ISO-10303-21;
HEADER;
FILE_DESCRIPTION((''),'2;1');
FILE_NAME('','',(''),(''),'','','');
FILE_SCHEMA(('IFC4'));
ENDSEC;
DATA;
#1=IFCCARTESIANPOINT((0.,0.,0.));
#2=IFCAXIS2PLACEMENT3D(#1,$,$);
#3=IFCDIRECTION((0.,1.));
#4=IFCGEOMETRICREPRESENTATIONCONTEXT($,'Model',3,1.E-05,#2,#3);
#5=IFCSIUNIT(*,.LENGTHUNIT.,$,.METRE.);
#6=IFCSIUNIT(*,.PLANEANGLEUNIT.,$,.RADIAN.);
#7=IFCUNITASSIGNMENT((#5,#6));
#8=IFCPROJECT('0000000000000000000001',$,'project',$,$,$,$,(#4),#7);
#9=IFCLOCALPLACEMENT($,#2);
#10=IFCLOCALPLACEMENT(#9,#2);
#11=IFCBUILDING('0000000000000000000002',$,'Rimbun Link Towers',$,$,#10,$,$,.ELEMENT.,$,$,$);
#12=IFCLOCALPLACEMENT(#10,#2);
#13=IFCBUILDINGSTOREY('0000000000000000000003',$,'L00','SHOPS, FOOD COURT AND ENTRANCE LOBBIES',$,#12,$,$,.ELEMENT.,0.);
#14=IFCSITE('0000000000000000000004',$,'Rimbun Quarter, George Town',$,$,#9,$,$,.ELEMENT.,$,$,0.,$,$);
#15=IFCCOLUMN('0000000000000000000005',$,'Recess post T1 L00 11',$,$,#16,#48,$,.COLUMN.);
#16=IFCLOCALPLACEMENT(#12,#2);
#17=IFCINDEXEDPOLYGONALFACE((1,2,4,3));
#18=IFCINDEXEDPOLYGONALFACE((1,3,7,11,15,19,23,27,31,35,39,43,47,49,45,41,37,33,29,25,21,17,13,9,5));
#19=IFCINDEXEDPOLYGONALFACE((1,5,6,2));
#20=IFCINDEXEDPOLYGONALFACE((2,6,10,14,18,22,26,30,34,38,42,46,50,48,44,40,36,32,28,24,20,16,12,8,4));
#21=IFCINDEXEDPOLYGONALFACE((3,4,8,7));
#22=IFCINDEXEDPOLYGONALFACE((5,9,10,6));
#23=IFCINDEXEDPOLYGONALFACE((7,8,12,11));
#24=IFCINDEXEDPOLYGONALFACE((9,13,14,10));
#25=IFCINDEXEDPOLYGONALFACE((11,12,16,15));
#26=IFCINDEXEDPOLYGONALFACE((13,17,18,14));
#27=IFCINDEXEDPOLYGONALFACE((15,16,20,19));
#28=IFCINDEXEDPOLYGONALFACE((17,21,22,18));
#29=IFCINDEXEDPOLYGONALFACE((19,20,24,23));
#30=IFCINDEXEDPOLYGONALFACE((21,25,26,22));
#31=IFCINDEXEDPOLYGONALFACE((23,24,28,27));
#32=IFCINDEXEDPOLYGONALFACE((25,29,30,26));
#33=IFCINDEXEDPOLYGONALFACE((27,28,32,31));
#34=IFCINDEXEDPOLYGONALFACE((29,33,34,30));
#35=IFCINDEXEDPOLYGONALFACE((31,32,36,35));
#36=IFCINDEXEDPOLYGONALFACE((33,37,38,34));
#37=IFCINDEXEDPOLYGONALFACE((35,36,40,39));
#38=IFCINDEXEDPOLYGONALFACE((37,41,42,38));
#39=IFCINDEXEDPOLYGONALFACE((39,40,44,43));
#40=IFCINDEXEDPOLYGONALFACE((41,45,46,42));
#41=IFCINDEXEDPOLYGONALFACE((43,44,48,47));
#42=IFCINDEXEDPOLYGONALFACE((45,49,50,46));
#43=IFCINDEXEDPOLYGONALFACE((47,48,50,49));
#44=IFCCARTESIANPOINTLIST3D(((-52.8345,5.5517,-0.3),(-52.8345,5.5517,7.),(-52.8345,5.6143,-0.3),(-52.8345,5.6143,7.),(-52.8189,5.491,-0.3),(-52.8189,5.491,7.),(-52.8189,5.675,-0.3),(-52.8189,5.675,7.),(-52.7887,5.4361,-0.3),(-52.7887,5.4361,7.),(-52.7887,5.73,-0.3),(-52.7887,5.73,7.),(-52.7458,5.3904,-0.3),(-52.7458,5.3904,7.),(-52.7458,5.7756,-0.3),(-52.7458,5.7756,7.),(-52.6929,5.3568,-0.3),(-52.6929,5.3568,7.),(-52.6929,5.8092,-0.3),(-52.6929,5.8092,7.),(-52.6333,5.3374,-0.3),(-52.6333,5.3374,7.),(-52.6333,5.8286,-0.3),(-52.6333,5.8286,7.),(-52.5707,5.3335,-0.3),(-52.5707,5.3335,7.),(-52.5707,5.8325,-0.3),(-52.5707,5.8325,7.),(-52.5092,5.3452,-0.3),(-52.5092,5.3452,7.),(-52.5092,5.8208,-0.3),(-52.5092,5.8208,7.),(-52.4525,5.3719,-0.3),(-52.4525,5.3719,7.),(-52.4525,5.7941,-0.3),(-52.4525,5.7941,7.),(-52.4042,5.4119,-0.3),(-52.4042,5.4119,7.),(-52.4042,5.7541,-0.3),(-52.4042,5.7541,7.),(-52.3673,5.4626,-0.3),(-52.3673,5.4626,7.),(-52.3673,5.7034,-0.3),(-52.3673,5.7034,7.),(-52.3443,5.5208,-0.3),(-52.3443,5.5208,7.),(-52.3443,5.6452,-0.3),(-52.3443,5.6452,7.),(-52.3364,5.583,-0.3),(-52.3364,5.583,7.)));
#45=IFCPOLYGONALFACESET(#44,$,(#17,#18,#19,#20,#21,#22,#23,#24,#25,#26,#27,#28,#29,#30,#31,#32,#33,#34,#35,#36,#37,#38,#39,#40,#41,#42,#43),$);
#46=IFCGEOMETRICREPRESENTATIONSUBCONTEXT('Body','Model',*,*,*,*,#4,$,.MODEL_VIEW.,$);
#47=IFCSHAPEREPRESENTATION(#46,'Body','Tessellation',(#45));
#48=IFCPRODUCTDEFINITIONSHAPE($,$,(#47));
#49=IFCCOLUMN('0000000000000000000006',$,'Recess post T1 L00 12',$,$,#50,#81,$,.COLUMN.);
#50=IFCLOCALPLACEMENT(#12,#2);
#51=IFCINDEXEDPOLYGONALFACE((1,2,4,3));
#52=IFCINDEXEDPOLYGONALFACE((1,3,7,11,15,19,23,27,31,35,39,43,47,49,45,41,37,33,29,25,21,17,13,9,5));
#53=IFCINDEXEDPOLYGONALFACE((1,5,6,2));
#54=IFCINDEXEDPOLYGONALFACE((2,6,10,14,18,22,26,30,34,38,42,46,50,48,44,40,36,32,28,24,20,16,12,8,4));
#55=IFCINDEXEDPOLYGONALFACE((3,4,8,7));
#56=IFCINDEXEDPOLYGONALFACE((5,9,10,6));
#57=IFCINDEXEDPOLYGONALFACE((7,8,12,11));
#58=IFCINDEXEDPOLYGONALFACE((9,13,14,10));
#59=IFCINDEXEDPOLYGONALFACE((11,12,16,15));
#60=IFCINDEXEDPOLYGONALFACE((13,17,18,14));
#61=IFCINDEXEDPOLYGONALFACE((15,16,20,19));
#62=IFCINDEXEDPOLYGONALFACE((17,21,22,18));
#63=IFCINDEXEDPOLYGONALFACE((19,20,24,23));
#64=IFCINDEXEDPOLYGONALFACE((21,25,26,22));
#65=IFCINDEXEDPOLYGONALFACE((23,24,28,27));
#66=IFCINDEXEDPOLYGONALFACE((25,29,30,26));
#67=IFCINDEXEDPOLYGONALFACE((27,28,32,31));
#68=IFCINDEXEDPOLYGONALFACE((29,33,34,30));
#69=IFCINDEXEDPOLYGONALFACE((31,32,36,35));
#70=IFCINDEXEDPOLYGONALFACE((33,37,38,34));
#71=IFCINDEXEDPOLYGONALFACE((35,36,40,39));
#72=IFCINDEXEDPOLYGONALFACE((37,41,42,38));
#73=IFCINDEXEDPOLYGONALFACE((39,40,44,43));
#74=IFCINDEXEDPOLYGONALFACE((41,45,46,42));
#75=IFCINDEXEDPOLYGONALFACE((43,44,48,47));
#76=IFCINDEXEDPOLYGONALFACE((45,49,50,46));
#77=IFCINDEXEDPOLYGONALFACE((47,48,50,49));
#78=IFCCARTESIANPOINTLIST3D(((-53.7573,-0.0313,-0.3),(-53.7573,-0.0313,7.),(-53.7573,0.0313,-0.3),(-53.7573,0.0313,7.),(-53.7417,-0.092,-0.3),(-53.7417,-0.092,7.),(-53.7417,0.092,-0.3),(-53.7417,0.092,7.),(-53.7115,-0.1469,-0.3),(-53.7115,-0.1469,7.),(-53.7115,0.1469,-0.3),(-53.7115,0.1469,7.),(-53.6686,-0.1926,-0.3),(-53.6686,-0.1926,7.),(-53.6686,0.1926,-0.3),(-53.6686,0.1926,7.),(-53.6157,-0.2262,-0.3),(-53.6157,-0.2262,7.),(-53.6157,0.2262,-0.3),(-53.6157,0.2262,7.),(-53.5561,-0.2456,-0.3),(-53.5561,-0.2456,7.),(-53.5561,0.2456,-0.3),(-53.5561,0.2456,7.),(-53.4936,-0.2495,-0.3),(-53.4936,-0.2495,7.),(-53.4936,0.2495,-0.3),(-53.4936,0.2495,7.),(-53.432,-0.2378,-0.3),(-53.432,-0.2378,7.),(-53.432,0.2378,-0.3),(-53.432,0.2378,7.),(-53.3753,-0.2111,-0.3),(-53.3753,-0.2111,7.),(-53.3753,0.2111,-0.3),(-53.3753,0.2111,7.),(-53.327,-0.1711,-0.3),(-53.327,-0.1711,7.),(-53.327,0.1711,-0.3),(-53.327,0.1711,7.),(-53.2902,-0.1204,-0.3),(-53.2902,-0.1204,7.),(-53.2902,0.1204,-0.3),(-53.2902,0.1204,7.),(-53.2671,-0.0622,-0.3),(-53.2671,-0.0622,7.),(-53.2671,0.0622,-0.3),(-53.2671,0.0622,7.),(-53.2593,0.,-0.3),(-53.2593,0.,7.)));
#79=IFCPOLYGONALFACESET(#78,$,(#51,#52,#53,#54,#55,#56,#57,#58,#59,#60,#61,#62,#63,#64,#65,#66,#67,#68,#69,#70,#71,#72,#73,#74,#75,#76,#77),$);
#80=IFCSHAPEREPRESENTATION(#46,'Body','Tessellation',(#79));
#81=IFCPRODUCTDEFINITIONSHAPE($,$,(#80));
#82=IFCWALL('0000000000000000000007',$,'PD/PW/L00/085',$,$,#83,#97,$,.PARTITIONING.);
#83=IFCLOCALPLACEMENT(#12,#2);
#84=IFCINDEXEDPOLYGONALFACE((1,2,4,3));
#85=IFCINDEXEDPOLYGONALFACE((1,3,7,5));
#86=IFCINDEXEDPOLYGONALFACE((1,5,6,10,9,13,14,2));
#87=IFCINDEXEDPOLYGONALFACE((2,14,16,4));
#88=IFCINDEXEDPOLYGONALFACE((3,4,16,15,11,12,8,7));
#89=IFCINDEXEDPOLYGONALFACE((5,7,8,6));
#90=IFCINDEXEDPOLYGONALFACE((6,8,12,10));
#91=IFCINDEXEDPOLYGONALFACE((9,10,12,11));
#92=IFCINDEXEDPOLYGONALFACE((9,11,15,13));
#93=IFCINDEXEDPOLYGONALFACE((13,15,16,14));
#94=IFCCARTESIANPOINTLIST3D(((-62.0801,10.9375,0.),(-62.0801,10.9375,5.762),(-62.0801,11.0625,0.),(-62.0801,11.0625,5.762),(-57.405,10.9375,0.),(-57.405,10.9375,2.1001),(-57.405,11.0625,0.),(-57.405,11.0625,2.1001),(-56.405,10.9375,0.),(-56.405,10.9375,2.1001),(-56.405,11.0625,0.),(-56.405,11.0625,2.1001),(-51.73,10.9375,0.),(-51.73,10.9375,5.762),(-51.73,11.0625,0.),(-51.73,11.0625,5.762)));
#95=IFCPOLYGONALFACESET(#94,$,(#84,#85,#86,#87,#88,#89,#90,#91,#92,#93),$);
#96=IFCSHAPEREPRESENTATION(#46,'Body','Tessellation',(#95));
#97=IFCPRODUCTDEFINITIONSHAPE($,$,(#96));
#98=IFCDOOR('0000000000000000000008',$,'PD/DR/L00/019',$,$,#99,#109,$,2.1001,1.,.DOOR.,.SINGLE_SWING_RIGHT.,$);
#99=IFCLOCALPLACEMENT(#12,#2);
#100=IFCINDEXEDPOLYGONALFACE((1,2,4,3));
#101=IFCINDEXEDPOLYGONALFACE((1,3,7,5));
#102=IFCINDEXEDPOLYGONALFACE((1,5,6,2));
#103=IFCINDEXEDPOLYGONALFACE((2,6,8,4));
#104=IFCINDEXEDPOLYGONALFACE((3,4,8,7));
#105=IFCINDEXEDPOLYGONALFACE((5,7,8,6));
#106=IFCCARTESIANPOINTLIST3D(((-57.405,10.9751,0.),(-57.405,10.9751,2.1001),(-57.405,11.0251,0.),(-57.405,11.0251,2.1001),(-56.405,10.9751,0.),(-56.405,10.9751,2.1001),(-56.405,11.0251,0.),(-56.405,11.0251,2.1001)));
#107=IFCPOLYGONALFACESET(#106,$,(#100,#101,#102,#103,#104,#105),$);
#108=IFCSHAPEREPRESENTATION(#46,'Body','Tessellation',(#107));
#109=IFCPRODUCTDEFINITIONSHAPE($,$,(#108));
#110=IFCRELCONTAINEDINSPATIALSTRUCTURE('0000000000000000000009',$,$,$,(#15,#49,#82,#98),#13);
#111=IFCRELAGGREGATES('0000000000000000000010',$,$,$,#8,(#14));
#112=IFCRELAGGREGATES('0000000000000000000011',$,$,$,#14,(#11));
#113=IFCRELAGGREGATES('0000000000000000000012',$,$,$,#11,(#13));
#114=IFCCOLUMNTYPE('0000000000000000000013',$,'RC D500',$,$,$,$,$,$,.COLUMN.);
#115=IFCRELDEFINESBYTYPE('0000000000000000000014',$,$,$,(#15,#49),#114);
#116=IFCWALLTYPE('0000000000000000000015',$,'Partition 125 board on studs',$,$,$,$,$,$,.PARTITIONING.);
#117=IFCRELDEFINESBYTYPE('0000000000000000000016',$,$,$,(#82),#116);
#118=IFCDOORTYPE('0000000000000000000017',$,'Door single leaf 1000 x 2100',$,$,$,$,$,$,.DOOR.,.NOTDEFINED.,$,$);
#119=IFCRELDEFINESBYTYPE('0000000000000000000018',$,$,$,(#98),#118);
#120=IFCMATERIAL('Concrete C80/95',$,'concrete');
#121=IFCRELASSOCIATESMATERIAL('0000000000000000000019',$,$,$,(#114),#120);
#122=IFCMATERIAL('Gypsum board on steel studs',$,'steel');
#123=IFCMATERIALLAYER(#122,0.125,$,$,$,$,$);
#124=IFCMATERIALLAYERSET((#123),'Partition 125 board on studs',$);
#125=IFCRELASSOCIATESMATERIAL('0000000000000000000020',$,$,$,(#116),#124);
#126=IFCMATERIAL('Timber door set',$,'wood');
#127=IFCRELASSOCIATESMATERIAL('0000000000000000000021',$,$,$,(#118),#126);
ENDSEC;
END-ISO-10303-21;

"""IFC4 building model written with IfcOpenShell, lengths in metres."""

from ifc_helpers import new_model, si_unit, direction, frame, frame_2d, origin, origin_2d, place, context, subcontext, project, spatial, rectangle, circle, extrude, material, layer, layer_set, material_profile, profile_set, type_object, element, fill, save


model = new_model("IFC4")

# Units and contexts
model_context = context("Model", 3, precision=1e-05, world=origin(), true_north=direction((0.0, 1.0)))
body_context = subcontext(model_context, "Body", "Model", "MODEL_VIEW")
ifc_project = project(units=[si_unit("LENGTHUNIT", "METRE"), si_unit("PLANEANGLEUNIT", "RADIAN")], contexts=[model_context])

# Site, building, storey
site_placement = place(None, origin())
site = spatial("IfcSite", under=ifc_project, at=site_placement, Name="Rimbun Quarter, George Town", CompositionType="ELEMENT", RefElevation=0.0)
building_placement = place(site_placement, origin())
building = spatial("IfcBuilding", under=site, at=building_placement, Name="Rimbun Link Towers", CompositionType="ELEMENT")
storey_placement = place(building_placement, origin())
storey = spatial("IfcBuildingStorey", under=building, at=storey_placement, Name="L00", Description="SHOPS, FOOD COURT AND ENTRANCE LOBBIES", CompositionType="ELEMENT", Elevation=0.0)

# Columns
ifc_material_1 = material(Name="Concrete C80/95", Category="concrete")
ifc_material_profile_1 = material_profile(ifc_material_1, circle(Radius=0.25, at=origin_2d()), Name="RC D500")
ifc_profile_set_1 = profile_set([ifc_material_profile_1], Name="Concrete C80/95")
column_type = type_object("IfcColumnType", Name="RC D500", PredefinedType="COLUMN", material=ifc_profile_set_1)
for number, where, z_axis, x_axis, name in (
    (1, (-52.5864, 5.583, -0.3), (0.0, 0.0, 1.0), (1.0, 0.0, 0.0), "Recess post T1 L00 11"),
    (2, (-53.5093, 0.0, -0.3), (0.0, 0.0, 1.0), (1.0, 0.0, 0.0), "Recess post T1 L00 12"),
):
    element("IfcColumn", number, at=place(storey_placement, frame(where, z_axis=z_axis, x_axis=x_axis)), inside=storey, type_object=column_type, Name=name, PredefinedType="COLUMN", context=body_context, shape_type="SweptSolid", body=[
        extrude(circle(Radius=0.25, at=origin_2d()), origin(), (0.0, 0.0, 1.0), 7.3),
    ])

# Wall, opening, door
ifc_material_2 = material(Name="Gypsum board on steel studs", Category="steel")
ifc_layer = layer(ifc_material_2, 0.125)
ifc_layer_set = layer_set([ifc_layer], Name="Partition 125 board on studs")
wall_type = type_object("IfcWallType", Name="Partition 125 board on studs", PredefinedType="PARTITIONING", material=ifc_layer_set)
wall_placement = place(storey_placement, frame((-51.73, 11.0, 0.0), z_axis=(0.0, 0.0, 1.0), x_axis=(-1.0, 0.0, 0.0)))
wall = element("IfcWall", 3, at=wall_placement, inside=storey, type_object=wall_type, Name="PD/PW/L00/085", PredefinedType="PARTITIONING", context=body_context, shape_type="SweptSolid", body=[
    extrude(rectangle(XDim=10.3501, YDim=0.125, at=frame_2d((5.175, 0.0))), origin(), (0.0, 0.0, 1.0), 5.762),
])
opening_placement = place(wall_placement, frame((4.675, 0.0, 0.0)))
opening = element("IfcOpeningElement", 4, at=opening_placement, cuts=wall, PredefinedType="OPENING", context=body_context, shape_type="SweptSolid", body=[
    extrude(rectangle(XDim=1.0, YDim=2.1001, at=frame_2d((0.5, 1.05))), frame((0.0, 0.0725, 0.0), z_axis=(0.0, -1.0, 0.0), x_axis=(1.0, 0.0, 0.0)), (0.0, 0.0, 1.0), 0.145),
])
ifc_material_3 = material(Name="Timber door set", Category="wood")
door_type = type_object("IfcDoorType", Name="Door single leaf 1000 x 2100", OperationType="NOTDEFINED", PredefinedType="DOOR", material=ifc_material_3)
door_placement = place(opening_placement, origin())
door = element("IfcDoor", 5, at=door_placement, inside=storey, type_object=door_type, Name="PD/DR/L00/019", OperationType="SINGLE_SWING_RIGHT", OverallHeight=2.1001, OverallWidth=1.0, PredefinedType="DOOR", context=body_context, shape_type="SweptSolid", body=[
    extrude(rectangle(XDim=1.0, YDim=2.1001, at=frame_2d((0.5, 1.05))), frame((0.0, 0.0249, 0.0), z_axis=(0.0, -1.0, 0.0), x_axis=(1.0, 0.0, 0.0)), (0.0, 0.0, 1.0), 0.05),
])
fill(opening, door)

save(model, "model.ifc")
